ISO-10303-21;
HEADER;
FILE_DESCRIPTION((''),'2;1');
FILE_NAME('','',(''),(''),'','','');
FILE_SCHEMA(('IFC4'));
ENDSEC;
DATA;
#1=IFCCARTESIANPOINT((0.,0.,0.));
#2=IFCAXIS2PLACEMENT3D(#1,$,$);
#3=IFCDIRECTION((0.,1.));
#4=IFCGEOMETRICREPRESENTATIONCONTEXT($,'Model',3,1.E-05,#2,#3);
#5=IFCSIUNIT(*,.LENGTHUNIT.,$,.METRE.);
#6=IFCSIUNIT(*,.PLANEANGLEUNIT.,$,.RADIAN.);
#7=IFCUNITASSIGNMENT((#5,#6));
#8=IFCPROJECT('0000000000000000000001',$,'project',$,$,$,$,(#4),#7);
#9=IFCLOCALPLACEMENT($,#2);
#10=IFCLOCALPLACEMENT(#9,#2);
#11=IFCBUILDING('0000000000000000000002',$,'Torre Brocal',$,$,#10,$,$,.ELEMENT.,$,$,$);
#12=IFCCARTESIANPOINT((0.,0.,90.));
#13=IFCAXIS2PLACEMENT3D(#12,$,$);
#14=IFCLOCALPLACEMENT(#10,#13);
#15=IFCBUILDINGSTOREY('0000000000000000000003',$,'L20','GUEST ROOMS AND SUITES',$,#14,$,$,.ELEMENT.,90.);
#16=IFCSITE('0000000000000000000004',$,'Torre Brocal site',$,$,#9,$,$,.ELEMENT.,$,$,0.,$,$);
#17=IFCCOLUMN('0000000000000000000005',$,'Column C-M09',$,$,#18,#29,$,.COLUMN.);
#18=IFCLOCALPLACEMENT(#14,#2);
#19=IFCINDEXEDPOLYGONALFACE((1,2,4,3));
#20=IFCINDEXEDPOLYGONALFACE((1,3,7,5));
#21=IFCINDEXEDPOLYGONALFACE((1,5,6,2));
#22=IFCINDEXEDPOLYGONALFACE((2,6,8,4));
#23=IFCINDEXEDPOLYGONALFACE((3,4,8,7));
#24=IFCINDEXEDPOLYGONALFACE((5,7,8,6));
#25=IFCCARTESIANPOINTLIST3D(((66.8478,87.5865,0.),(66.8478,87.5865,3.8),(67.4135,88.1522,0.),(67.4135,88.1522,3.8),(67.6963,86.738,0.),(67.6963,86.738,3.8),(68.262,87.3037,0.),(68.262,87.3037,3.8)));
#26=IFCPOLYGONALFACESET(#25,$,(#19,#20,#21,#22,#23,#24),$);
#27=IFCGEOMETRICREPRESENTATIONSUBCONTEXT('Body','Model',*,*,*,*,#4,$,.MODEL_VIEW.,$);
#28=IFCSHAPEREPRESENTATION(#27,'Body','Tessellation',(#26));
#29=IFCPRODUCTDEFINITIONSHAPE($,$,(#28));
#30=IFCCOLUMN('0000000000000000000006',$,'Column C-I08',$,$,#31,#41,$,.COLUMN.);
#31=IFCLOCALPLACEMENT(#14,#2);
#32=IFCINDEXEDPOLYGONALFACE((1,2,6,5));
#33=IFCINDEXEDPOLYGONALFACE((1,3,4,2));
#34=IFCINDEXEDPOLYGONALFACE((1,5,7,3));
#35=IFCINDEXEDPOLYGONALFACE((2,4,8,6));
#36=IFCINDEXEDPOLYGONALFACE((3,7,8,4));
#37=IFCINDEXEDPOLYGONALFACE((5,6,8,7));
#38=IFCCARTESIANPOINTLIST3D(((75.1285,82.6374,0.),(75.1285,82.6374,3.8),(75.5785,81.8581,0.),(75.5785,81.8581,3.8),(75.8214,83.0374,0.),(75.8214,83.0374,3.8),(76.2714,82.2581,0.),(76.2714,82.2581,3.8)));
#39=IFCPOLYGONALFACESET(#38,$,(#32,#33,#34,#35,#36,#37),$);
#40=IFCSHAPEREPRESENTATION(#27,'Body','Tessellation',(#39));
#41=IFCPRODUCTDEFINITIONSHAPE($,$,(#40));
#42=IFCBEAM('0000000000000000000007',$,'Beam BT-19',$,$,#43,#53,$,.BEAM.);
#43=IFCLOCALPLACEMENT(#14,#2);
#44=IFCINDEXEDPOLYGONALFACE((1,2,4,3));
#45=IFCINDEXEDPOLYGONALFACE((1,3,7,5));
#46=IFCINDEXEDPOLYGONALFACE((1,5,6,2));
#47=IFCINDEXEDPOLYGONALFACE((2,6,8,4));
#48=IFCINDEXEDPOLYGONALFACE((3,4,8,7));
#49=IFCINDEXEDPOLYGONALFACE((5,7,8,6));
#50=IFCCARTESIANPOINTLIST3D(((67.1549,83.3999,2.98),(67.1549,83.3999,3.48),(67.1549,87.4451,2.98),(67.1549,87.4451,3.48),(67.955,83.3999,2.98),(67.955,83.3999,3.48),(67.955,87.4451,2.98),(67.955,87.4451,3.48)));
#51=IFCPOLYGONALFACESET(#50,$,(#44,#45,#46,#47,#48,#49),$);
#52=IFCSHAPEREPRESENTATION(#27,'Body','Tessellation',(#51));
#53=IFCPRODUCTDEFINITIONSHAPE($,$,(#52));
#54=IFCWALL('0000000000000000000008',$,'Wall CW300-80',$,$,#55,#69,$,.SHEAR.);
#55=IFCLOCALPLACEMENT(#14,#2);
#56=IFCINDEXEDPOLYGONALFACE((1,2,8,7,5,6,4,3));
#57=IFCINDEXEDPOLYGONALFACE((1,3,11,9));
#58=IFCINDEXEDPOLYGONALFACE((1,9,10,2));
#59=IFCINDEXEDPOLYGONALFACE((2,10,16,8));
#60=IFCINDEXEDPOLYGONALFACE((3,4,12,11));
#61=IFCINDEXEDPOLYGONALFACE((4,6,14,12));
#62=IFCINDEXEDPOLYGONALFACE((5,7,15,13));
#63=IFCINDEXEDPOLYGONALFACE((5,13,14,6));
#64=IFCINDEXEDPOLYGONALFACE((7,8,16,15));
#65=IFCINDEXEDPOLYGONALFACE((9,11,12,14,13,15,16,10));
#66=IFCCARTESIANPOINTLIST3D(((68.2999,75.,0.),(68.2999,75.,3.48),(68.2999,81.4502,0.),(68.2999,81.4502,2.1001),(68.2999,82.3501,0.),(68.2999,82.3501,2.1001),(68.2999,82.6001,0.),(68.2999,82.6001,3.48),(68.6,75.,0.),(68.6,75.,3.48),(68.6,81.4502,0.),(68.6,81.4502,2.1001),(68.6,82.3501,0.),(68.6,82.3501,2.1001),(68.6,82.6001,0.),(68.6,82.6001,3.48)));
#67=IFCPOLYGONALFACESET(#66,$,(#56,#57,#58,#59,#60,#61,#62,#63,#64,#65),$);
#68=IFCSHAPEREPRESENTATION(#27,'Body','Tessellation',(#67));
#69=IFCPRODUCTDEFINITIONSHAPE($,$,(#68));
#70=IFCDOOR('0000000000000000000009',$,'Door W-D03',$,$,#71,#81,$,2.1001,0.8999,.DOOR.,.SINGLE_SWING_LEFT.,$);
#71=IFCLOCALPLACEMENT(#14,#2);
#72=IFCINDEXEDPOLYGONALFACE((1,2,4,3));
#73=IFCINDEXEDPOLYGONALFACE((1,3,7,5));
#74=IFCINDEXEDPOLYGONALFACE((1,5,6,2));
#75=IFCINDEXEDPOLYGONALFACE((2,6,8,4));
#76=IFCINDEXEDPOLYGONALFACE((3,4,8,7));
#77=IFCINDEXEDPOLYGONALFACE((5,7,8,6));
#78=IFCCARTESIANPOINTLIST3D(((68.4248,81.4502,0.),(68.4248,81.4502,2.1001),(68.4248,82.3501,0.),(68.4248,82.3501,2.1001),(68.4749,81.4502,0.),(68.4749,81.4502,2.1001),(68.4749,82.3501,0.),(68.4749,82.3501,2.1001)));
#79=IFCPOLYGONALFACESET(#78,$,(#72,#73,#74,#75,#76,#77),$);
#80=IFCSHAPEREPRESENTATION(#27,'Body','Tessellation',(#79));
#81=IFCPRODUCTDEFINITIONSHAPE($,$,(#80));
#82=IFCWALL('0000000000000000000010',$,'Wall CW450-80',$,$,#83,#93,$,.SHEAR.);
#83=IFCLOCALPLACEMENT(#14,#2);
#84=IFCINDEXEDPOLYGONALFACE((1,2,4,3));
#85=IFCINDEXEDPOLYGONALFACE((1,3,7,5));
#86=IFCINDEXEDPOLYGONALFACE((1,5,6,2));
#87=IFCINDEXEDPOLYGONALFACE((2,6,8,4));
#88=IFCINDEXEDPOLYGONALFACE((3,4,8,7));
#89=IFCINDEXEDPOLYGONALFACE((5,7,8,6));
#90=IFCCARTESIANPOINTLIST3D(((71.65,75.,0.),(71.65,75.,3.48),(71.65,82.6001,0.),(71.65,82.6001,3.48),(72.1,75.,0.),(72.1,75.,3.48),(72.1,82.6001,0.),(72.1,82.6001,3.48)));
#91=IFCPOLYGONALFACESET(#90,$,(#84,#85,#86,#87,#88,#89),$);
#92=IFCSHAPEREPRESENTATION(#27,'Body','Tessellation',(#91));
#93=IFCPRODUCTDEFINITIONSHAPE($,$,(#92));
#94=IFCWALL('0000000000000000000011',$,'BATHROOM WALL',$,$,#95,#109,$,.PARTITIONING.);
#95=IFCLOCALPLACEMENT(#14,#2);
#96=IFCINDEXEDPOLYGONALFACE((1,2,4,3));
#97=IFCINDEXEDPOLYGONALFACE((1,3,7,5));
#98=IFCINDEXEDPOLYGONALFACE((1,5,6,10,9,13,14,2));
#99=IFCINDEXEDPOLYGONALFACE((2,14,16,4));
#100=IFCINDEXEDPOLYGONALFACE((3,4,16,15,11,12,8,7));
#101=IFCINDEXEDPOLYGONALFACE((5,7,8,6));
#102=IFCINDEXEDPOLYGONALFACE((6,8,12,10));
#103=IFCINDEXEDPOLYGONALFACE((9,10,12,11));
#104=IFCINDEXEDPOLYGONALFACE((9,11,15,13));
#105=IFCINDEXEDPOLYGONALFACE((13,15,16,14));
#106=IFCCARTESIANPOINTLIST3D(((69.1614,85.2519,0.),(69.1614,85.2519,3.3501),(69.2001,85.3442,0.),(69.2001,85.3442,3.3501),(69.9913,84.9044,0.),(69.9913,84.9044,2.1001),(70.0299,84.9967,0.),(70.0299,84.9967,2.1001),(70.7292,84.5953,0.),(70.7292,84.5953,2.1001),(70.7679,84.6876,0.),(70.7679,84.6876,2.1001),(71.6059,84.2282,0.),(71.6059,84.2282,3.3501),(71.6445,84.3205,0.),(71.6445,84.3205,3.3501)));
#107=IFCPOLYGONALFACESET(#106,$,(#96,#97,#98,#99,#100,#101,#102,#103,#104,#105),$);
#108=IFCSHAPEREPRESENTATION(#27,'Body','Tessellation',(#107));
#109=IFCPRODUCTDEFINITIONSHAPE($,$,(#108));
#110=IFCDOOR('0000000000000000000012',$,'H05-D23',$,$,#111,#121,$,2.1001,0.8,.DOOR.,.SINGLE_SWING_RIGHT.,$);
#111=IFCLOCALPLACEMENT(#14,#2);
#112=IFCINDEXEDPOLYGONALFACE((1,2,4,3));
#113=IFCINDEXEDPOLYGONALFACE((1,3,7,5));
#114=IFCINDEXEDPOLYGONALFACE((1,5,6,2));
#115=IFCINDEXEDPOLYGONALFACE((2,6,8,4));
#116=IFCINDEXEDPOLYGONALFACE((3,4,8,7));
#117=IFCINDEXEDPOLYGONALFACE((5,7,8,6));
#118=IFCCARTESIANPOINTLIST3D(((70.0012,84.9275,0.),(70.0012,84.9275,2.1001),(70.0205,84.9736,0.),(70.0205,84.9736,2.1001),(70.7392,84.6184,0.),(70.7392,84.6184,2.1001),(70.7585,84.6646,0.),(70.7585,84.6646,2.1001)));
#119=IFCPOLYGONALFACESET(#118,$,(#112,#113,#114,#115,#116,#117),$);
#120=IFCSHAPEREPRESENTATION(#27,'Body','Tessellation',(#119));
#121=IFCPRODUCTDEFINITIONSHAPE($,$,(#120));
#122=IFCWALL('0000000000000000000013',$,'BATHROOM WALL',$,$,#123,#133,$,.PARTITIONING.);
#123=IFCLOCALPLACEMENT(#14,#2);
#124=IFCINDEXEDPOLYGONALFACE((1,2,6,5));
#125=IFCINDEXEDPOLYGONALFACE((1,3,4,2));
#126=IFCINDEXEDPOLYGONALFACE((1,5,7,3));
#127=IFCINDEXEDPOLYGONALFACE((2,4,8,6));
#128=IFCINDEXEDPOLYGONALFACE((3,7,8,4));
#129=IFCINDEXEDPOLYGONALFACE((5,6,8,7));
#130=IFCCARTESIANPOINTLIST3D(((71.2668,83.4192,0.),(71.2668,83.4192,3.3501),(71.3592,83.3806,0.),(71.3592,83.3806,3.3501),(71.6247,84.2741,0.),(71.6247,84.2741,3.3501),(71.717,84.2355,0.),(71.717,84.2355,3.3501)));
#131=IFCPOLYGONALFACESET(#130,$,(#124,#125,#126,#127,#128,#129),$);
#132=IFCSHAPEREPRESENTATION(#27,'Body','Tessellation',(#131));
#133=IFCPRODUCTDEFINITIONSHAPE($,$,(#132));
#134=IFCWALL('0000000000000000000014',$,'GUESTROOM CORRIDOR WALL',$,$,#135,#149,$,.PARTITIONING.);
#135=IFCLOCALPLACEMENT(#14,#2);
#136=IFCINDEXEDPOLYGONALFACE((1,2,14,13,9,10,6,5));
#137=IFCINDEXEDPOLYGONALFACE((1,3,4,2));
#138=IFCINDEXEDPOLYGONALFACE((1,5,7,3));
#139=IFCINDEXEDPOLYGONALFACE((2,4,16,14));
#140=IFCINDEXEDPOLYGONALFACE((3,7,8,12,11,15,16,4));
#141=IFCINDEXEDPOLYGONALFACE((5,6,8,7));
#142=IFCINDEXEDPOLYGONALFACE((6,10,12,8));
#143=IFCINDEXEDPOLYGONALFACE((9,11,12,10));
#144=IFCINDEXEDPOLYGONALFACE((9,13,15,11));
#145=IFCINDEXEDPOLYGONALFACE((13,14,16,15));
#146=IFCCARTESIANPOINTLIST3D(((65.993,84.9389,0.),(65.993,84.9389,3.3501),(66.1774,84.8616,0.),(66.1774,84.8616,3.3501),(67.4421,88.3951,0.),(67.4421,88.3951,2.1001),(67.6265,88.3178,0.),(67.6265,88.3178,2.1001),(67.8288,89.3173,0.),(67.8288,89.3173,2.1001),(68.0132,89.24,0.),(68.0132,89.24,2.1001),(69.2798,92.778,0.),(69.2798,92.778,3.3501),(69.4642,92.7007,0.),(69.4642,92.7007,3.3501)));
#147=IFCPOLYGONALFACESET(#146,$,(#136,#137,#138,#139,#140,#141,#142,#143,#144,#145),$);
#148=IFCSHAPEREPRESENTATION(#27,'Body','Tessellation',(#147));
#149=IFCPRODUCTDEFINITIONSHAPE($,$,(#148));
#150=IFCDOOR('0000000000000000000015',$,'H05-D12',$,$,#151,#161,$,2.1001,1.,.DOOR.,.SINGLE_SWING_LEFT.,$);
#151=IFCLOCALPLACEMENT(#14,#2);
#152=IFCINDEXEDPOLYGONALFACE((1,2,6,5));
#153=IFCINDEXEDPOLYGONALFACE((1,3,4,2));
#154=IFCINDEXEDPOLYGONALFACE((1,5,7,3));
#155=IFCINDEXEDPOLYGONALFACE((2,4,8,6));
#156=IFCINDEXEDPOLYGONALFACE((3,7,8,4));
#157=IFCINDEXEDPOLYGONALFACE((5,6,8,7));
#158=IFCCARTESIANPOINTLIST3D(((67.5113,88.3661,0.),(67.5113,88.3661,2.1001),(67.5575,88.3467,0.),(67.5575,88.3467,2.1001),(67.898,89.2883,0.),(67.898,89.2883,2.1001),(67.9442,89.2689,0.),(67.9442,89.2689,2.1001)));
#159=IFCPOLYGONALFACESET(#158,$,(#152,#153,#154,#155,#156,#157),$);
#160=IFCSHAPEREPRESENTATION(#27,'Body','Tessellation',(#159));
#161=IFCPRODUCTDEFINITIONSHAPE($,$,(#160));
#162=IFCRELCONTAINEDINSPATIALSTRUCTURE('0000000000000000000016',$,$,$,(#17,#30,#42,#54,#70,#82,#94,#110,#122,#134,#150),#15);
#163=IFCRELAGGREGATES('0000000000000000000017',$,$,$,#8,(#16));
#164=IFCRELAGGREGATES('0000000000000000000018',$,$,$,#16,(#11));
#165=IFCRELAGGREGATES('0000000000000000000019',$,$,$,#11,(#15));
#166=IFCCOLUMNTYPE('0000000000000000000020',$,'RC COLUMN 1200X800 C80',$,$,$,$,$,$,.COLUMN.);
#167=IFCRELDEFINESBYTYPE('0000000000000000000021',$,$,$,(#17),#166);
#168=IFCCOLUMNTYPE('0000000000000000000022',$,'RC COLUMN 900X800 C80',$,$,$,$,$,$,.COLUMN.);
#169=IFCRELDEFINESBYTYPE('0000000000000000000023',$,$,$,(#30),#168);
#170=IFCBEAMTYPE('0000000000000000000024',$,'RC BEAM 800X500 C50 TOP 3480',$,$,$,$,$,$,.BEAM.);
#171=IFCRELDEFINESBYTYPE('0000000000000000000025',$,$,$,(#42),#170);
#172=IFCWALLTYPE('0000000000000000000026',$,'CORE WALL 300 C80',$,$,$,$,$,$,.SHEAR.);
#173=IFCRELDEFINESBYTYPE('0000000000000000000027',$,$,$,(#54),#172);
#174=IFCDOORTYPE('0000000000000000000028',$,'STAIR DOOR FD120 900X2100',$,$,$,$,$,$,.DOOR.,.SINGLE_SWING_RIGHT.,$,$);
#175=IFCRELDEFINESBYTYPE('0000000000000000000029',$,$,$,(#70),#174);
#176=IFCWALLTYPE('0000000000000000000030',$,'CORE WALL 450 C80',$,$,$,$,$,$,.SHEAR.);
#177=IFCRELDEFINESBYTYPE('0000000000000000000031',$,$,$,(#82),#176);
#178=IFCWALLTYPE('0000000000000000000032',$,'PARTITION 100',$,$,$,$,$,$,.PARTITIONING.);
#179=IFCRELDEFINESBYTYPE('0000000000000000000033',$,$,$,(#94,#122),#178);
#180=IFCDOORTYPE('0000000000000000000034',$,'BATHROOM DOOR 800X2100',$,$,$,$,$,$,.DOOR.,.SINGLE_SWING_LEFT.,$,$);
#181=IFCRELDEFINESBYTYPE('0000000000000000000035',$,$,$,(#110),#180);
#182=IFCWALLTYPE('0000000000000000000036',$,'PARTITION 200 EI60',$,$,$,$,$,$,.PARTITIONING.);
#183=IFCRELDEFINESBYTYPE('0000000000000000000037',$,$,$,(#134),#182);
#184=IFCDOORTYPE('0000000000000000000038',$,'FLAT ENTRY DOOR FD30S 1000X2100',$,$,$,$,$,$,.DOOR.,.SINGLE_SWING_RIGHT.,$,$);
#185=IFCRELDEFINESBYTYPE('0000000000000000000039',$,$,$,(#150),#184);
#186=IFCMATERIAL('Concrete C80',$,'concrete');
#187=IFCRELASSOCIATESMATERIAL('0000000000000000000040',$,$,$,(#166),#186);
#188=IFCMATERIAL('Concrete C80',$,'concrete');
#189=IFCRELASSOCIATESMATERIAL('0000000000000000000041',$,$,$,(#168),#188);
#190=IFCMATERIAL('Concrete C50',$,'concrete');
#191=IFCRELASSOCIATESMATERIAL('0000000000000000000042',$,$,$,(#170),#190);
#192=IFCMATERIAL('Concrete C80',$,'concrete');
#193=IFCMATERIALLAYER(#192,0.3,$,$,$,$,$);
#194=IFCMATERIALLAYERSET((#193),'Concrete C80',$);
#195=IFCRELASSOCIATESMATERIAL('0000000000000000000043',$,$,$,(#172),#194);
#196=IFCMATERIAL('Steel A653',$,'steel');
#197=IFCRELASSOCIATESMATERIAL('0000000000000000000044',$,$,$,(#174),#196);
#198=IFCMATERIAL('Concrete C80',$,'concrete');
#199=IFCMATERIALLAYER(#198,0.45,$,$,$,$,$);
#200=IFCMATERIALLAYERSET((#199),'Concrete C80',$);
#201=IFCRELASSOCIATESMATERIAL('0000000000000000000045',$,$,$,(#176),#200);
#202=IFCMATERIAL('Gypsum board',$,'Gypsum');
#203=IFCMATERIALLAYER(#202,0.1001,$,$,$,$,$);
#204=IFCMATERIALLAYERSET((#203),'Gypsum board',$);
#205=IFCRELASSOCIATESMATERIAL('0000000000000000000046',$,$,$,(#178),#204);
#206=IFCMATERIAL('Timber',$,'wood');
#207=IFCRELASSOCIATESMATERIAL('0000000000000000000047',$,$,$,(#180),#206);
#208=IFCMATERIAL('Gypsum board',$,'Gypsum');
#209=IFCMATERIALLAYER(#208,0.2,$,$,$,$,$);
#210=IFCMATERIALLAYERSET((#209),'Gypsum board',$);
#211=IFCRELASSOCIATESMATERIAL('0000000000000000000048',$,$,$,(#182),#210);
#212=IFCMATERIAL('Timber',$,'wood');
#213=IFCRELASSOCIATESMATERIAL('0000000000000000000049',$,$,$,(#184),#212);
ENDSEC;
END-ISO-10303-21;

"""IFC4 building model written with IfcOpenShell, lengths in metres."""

from ifc_helpers import new_model, si_unit, direction, frame, frame_2d, origin, origin_2d, place, context, subcontext, project, spatial, rectangle, extrude, material, layer, layer_set, material_profile, profile_set, type_object, element, fill, save


model = new_model("IFC4")

# Units and contexts
model_context = context("Model", 3, precision=1e-05, world=origin(), true_north=direction((0.0, 1.0)))
body_context = subcontext(model_context, "Body", "Model", "MODEL_VIEW")
ifc_project = project(units=[si_unit("LENGTHUNIT", "METRE"), si_unit("PLANEANGLEUNIT", "RADIAN")], contexts=[model_context])

# Site, building, storey
site_placement = place(None, origin())
site = spatial("IfcSite", under=ifc_project, at=site_placement, Name="Torre Brocal site", CompositionType="ELEMENT", RefElevation=0.0)
building_placement = place(site_placement, origin())
building = spatial("IfcBuilding", under=site, at=building_placement, Name="Torre Brocal", CompositionType="ELEMENT")
storey_placement = place(building_placement, frame((0.0, 0.0, 90.0)))
storey = spatial("IfcBuildingStorey", under=building, at=storey_placement, Name="L20", Description="GUEST ROOMS AND SUITES", CompositionType="ELEMENT", Elevation=90.0)

# Columns
ifc_material_1 = material(Name="Concrete C80", Category="concrete")
ifc_material_profile_1 = material_profile(ifc_material_1, rectangle(XDim=1.2, YDim=0.8, at=origin_2d()), Name="RC 1200X800")
ifc_profile_set_1 = profile_set([ifc_material_profile_1], Name="Concrete C80")
column_type_1 = type_object("IfcColumnType", Name="RC COLUMN 1200X800 C80", PredefinedType="COLUMN", material=ifc_profile_set_1)
column_1_placement = place(storey_placement, frame((67.5549, 87.4451, 0.0), z_axis=(0.0, 0.0, 1.0), x_axis=(-0.707107, 0.707107, 0.0)))
element("IfcColumn", 1, at=column_1_placement, inside=storey, type_object=column_type_1, Name="Column C-M09", PredefinedType="COLUMN", context=body_context, shape_type="SweptSolid", body=[
    extrude(rectangle(XDim=1.2, YDim=0.8, at=origin_2d()), origin(), (0.0, 0.0, 1.0), 3.8),
])
ifc_material_2 = material(Name="Concrete C80", Category="concrete")
ifc_material_profile_2 = material_profile(ifc_material_2, rectangle(XDim=0.8999, YDim=0.8, at=origin_2d()), Name="RC 900X800")
ifc_profile_set_2 = profile_set([ifc_material_profile_2], Name="Concrete C80")
column_type_2 = type_object("IfcColumnType", Name="RC COLUMN 900X800 C80", PredefinedType="COLUMN", material=ifc_profile_set_2)
column_2_placement = place(storey_placement, frame((75.7, 82.4478, 0.0), z_axis=(0.0, 0.0, 1.0), x_axis=(-0.5, 0.866025, 0.0)))
element("IfcColumn", 2, at=column_2_placement, inside=storey, type_object=column_type_2, Name="Column C-I08", PredefinedType="COLUMN", context=body_context, shape_type="SweptSolid", body=[
    extrude(rectangle(XDim=0.8999, YDim=0.8, at=origin_2d()), origin(), (0.0, 0.0, 1.0), 3.8),
])

# Beam
ifc_material_3 = material(Name="Concrete C50", Category="concrete")
ifc_material_profile_3 = material_profile(ifc_material_3, rectangle(XDim=0.8, YDim=0.5, at=origin_2d()), Name="RC 800X500")
ifc_profile_set_3 = profile_set([ifc_material_profile_3], Name="Concrete C50")
beam_type = type_object("IfcBeamType", Name="RC BEAM 800X500 C50 TOP 3480", PredefinedType="BEAM", material=ifc_profile_set_3)
beam_placement = place(storey_placement, frame((67.5549, 87.4451, 3.23), z_axis=(0.0, -1.0, 0.0), x_axis=(1.0, 0.0, 0.0)))
element("IfcBeam", 3, at=beam_placement, inside=storey, type_object=beam_type, Name="Beam BT-19", PredefinedType="BEAM", context=body_context, shape_type="SweptSolid", body=[
    extrude(rectangle(XDim=0.8, YDim=0.5, at=origin_2d()), origin(), (0.0, 0.0, 1.0), 4.0452),
])

# Wall, opening, door
ifc_material_4 = material(Name="Concrete C80", Category="concrete")
ifc_layer_1 = layer(ifc_material_4, 0.3)
ifc_layer_set_1 = layer_set([ifc_layer_1], Name="Concrete C80")
wall_type_1 = type_object("IfcWallType", Name="CORE WALL 300 C80", PredefinedType="SHEAR", material=ifc_layer_set_1)
wall_1_placement = place(storey_placement, frame((68.45, 82.6001, 0.0), z_axis=(0.0, 0.0, 1.0), x_axis=(0.0, -1.0, 0.0)))
wall_1 = element("IfcWall", 4, at=wall_1_placement, inside=storey, type_object=wall_type_1, Name="Wall CW300-80", PredefinedType="SHEAR", context=body_context, shape_type="SweptSolid", body=[
    extrude(rectangle(XDim=7.6001, YDim=0.3, at=frame_2d((3.8, 0.0))), origin(), (0.0, 0.0, 1.0), 3.48),
])
opening_1_placement = place(wall_1_placement, frame((0.25, 0.0, 0.0)))
opening_1 = element("IfcOpeningElement", 5, at=opening_1_placement, cuts=wall_1, PredefinedType="OPENING", context=body_context, shape_type="SweptSolid", body=[
    extrude(rectangle(XDim=0.8999, YDim=2.1001, at=frame_2d((0.45, 1.05))), frame((0.0, 0.1599, 0.0), z_axis=(0.0, -1.0, 0.0), x_axis=(1.0, 0.0, 0.0)), (0.0, 0.0, 1.0), 0.3201),
])
ifc_material_5 = material(Name="Steel A653", Category="steel")
door_type_1 = type_object("IfcDoorType", Name="STAIR DOOR FD120 900X2100", OperationType="SINGLE_SWING_RIGHT", PredefinedType="DOOR", material=ifc_material_5)
door_1_placement = place(opening_1_placement, origin())
door_1 = element("IfcDoor", 6, at=door_1_placement, inside=storey, type_object=door_type_1, Name="Door W-D03", OperationType="SINGLE_SWING_LEFT", OverallHeight=2.1001, OverallWidth=0.8999, PredefinedType="DOOR", context=body_context, shape_type="SweptSolid", body=[
    extrude(rectangle(XDim=0.8999, YDim=2.1001, at=frame_2d((0.45, 1.05))), frame((0.0, 0.0249, 0.0), z_axis=(0.0, -1.0, 0.0), x_axis=(1.0, 0.0, 0.0)), (0.0, 0.0, 1.0), 0.05),
])
fill(opening_1, door_1)

# Wall
ifc_material_6 = material(Name="Concrete C80", Category="concrete")
ifc_layer_2 = layer(ifc_material_6, 0.45)
ifc_layer_set_2 = layer_set([ifc_layer_2], Name="Concrete C80")
wall_type_2 = type_object("IfcWallType", Name="CORE WALL 450 C80", PredefinedType="SHEAR", material=ifc_layer_set_2)
wall_2_placement = place(storey_placement, frame((71.875, 82.6001, 0.0), z_axis=(0.0, 0.0, 1.0), x_axis=(0.0, -1.0, 0.0)))
element("IfcWall", 7, at=wall_2_placement, inside=storey, type_object=wall_type_2, Name="Wall CW450-80", PredefinedType="SHEAR", context=body_context, shape_type="SweptSolid", body=[
    extrude(rectangle(XDim=7.6001, YDim=0.45, at=frame_2d((3.8, 0.0))), origin(), (0.0, 0.0, 1.0), 3.48),
])

# Wall, opening, door
ifc_material_7 = material(Name="Gypsum board", Category="Gypsum")
ifc_layer_3 = layer(ifc_material_7, 0.1001)
ifc_layer_set_3 = layer_set([ifc_layer_3], Name="Gypsum board")
wall_type_3 = type_object("IfcWallType", Name="PARTITION 100", PredefinedType="PARTITIONING", material=ifc_layer_set_3)
wall_3_placement = place(storey_placement, frame((69.1807, 85.2981, 0.0), z_axis=(0.0, 0.0, 1.0), x_axis=(0.922378, -0.386289, 0.0)))
wall_3 = element("IfcWall", 8, at=wall_3_placement, inside=storey, type_object=wall_type_3, Name="BATHROOM WALL", PredefinedType="PARTITIONING", context=body_context, shape_type="SweptSolid", body=[
    extrude(rectangle(XDim=2.6501, YDim=0.1001, at=frame_2d((1.3252, 0.0))), origin(), (0.0, 0.0, 1.0), 3.3501),
])
opening_2_placement = place(wall_3_placement, frame((0.8999, 0.0, 0.0)))
opening_2 = element("IfcOpeningElement", 9, at=opening_2_placement, cuts=wall_3, PredefinedType="OPENING", context=body_context, shape_type="SweptSolid", body=[
    extrude(rectangle(XDim=0.8, YDim=2.1001, at=frame_2d((0.3999, 1.05))), frame((0.0, 0.0601, 0.0), z_axis=(0.0, -1.0, 0.0), x_axis=(1.0, 0.0, 0.0)), (0.0, 0.0, 1.0), 0.1201),
])
ifc_material_8 = material(Name="Timber", Category="wood")
door_type_2 = type_object("IfcDoorType", Name="BATHROOM DOOR 800X2100", OperationType="SINGLE_SWING_LEFT", PredefinedType="DOOR", material=ifc_material_8)
door_2_placement = place(opening_2_placement, frame((0.8, 0.0, 0.0), z_axis=(0.0, 0.0, 1.0), x_axis=(-1.0, 0.0, 0.0)))
door_2 = element("IfcDoor", 10, at=door_2_placement, inside=storey, type_object=door_type_2, Name="H05-D23", OperationType="SINGLE_SWING_RIGHT", OverallHeight=2.1001, OverallWidth=0.8, PredefinedType="DOOR", context=body_context, shape_type="SweptSolid", body=[
    extrude(rectangle(XDim=0.8, YDim=2.1001, at=frame_2d((0.3999, 1.05))), frame((0.0, 0.0249, 0.0), z_axis=(0.0, -1.0, 0.0), x_axis=(1.0, 0.0, 0.0)), (0.0, 0.0, 1.0), 0.05),
])
fill(opening_2, door_2)

# Wall
wall_4_placement = place(storey_placement, frame((71.313, 83.3999, 0.0), z_axis=(0.0, 0.0, 1.0), x_axis=(0.386149, 0.922437, 0.0)))
element("IfcWall", 11, at=wall_4_placement, inside=storey, type_object=wall_type_3, Name="BATHROOM WALL", PredefinedType="PARTITIONING", context=body_context, shape_type="SweptSolid", body=[
    extrude(rectangle(XDim=0.9268, YDim=0.1001, at=frame_2d((0.4634, 0.0))), origin(), (0.0, 0.0, 1.0), 3.3501),
])

# Wall, opening, door
ifc_material_9 = material(Name="Gypsum board", Category="Gypsum")
ifc_layer_4 = layer(ifc_material_9, 0.2)
ifc_layer_set_4 = layer_set([ifc_layer_4], Name="Gypsum board")
wall_type_4 = type_object("IfcWallType", Name="PARTITION 200 EI60", PredefinedType="PARTITIONING", material=ifc_layer_set_4)
wall_5_placement = place(storey_placement, frame((66.0852, 84.9004, 0.0), z_axis=(0.0, 0.0, 1.0), x_axis=(0.386676, 0.922216, 0.0)))
wall_5 = element("IfcWall", 12, at=wall_5_placement, inside=storey, type_object=wall_type_4, Name="GUESTROOM CORRIDOR WALL", PredefinedType="PARTITIONING", context=body_context, shape_type="SweptSolid", body=[
    extrude(rectangle(XDim=8.5002, YDim=0.2, at=frame_2d((4.25, 0.0))), origin(), (0.0, 0.0, 1.0), 3.3501),
])
opening_3_placement = place(wall_5_placement, frame((3.7476, 0.0, 0.0)))
opening_3 = element("IfcOpeningElement", 13, at=opening_3_placement, cuts=wall_5, PredefinedType="OPENING", context=body_context, shape_type="SweptSolid", body=[
    extrude(rectangle(XDim=1.0, YDim=2.1001, at=frame_2d((0.5, 1.05))), frame((0.0, 0.1099, 0.0), z_axis=(0.0, -1.0, 0.0), x_axis=(1.0, 0.0, 0.0)), (0.0, 0.0, 1.0), 0.22),
])
ifc_material_10 = material(Name="Timber", Category="wood")
door_type_3 = type_object("IfcDoorType", Name="FLAT ENTRY DOOR FD30S 1000X2100", OperationType="SINGLE_SWING_RIGHT", PredefinedType="DOOR", material=ifc_material_10)
door_3_placement = place(opening_3_placement, origin())
door_3 = element("IfcDoor", 14, at=door_3_placement, inside=storey, type_object=door_type_3, Name="H05-D12", OperationType="SINGLE_SWING_LEFT", OverallHeight=2.1001, OverallWidth=1.0, PredefinedType="DOOR", context=body_context, shape_type="SweptSolid", body=[
    extrude(rectangle(XDim=1.0, YDim=2.1001, at=frame_2d((0.5, 1.05))), frame((0.0, 0.0249, 0.0), z_axis=(0.0, -1.0, 0.0), x_axis=(1.0, 0.0, 0.0)), (0.0, 0.0, 1.0), 0.05),
])
fill(opening_3, door_3)

save(model, "model.ifc")
